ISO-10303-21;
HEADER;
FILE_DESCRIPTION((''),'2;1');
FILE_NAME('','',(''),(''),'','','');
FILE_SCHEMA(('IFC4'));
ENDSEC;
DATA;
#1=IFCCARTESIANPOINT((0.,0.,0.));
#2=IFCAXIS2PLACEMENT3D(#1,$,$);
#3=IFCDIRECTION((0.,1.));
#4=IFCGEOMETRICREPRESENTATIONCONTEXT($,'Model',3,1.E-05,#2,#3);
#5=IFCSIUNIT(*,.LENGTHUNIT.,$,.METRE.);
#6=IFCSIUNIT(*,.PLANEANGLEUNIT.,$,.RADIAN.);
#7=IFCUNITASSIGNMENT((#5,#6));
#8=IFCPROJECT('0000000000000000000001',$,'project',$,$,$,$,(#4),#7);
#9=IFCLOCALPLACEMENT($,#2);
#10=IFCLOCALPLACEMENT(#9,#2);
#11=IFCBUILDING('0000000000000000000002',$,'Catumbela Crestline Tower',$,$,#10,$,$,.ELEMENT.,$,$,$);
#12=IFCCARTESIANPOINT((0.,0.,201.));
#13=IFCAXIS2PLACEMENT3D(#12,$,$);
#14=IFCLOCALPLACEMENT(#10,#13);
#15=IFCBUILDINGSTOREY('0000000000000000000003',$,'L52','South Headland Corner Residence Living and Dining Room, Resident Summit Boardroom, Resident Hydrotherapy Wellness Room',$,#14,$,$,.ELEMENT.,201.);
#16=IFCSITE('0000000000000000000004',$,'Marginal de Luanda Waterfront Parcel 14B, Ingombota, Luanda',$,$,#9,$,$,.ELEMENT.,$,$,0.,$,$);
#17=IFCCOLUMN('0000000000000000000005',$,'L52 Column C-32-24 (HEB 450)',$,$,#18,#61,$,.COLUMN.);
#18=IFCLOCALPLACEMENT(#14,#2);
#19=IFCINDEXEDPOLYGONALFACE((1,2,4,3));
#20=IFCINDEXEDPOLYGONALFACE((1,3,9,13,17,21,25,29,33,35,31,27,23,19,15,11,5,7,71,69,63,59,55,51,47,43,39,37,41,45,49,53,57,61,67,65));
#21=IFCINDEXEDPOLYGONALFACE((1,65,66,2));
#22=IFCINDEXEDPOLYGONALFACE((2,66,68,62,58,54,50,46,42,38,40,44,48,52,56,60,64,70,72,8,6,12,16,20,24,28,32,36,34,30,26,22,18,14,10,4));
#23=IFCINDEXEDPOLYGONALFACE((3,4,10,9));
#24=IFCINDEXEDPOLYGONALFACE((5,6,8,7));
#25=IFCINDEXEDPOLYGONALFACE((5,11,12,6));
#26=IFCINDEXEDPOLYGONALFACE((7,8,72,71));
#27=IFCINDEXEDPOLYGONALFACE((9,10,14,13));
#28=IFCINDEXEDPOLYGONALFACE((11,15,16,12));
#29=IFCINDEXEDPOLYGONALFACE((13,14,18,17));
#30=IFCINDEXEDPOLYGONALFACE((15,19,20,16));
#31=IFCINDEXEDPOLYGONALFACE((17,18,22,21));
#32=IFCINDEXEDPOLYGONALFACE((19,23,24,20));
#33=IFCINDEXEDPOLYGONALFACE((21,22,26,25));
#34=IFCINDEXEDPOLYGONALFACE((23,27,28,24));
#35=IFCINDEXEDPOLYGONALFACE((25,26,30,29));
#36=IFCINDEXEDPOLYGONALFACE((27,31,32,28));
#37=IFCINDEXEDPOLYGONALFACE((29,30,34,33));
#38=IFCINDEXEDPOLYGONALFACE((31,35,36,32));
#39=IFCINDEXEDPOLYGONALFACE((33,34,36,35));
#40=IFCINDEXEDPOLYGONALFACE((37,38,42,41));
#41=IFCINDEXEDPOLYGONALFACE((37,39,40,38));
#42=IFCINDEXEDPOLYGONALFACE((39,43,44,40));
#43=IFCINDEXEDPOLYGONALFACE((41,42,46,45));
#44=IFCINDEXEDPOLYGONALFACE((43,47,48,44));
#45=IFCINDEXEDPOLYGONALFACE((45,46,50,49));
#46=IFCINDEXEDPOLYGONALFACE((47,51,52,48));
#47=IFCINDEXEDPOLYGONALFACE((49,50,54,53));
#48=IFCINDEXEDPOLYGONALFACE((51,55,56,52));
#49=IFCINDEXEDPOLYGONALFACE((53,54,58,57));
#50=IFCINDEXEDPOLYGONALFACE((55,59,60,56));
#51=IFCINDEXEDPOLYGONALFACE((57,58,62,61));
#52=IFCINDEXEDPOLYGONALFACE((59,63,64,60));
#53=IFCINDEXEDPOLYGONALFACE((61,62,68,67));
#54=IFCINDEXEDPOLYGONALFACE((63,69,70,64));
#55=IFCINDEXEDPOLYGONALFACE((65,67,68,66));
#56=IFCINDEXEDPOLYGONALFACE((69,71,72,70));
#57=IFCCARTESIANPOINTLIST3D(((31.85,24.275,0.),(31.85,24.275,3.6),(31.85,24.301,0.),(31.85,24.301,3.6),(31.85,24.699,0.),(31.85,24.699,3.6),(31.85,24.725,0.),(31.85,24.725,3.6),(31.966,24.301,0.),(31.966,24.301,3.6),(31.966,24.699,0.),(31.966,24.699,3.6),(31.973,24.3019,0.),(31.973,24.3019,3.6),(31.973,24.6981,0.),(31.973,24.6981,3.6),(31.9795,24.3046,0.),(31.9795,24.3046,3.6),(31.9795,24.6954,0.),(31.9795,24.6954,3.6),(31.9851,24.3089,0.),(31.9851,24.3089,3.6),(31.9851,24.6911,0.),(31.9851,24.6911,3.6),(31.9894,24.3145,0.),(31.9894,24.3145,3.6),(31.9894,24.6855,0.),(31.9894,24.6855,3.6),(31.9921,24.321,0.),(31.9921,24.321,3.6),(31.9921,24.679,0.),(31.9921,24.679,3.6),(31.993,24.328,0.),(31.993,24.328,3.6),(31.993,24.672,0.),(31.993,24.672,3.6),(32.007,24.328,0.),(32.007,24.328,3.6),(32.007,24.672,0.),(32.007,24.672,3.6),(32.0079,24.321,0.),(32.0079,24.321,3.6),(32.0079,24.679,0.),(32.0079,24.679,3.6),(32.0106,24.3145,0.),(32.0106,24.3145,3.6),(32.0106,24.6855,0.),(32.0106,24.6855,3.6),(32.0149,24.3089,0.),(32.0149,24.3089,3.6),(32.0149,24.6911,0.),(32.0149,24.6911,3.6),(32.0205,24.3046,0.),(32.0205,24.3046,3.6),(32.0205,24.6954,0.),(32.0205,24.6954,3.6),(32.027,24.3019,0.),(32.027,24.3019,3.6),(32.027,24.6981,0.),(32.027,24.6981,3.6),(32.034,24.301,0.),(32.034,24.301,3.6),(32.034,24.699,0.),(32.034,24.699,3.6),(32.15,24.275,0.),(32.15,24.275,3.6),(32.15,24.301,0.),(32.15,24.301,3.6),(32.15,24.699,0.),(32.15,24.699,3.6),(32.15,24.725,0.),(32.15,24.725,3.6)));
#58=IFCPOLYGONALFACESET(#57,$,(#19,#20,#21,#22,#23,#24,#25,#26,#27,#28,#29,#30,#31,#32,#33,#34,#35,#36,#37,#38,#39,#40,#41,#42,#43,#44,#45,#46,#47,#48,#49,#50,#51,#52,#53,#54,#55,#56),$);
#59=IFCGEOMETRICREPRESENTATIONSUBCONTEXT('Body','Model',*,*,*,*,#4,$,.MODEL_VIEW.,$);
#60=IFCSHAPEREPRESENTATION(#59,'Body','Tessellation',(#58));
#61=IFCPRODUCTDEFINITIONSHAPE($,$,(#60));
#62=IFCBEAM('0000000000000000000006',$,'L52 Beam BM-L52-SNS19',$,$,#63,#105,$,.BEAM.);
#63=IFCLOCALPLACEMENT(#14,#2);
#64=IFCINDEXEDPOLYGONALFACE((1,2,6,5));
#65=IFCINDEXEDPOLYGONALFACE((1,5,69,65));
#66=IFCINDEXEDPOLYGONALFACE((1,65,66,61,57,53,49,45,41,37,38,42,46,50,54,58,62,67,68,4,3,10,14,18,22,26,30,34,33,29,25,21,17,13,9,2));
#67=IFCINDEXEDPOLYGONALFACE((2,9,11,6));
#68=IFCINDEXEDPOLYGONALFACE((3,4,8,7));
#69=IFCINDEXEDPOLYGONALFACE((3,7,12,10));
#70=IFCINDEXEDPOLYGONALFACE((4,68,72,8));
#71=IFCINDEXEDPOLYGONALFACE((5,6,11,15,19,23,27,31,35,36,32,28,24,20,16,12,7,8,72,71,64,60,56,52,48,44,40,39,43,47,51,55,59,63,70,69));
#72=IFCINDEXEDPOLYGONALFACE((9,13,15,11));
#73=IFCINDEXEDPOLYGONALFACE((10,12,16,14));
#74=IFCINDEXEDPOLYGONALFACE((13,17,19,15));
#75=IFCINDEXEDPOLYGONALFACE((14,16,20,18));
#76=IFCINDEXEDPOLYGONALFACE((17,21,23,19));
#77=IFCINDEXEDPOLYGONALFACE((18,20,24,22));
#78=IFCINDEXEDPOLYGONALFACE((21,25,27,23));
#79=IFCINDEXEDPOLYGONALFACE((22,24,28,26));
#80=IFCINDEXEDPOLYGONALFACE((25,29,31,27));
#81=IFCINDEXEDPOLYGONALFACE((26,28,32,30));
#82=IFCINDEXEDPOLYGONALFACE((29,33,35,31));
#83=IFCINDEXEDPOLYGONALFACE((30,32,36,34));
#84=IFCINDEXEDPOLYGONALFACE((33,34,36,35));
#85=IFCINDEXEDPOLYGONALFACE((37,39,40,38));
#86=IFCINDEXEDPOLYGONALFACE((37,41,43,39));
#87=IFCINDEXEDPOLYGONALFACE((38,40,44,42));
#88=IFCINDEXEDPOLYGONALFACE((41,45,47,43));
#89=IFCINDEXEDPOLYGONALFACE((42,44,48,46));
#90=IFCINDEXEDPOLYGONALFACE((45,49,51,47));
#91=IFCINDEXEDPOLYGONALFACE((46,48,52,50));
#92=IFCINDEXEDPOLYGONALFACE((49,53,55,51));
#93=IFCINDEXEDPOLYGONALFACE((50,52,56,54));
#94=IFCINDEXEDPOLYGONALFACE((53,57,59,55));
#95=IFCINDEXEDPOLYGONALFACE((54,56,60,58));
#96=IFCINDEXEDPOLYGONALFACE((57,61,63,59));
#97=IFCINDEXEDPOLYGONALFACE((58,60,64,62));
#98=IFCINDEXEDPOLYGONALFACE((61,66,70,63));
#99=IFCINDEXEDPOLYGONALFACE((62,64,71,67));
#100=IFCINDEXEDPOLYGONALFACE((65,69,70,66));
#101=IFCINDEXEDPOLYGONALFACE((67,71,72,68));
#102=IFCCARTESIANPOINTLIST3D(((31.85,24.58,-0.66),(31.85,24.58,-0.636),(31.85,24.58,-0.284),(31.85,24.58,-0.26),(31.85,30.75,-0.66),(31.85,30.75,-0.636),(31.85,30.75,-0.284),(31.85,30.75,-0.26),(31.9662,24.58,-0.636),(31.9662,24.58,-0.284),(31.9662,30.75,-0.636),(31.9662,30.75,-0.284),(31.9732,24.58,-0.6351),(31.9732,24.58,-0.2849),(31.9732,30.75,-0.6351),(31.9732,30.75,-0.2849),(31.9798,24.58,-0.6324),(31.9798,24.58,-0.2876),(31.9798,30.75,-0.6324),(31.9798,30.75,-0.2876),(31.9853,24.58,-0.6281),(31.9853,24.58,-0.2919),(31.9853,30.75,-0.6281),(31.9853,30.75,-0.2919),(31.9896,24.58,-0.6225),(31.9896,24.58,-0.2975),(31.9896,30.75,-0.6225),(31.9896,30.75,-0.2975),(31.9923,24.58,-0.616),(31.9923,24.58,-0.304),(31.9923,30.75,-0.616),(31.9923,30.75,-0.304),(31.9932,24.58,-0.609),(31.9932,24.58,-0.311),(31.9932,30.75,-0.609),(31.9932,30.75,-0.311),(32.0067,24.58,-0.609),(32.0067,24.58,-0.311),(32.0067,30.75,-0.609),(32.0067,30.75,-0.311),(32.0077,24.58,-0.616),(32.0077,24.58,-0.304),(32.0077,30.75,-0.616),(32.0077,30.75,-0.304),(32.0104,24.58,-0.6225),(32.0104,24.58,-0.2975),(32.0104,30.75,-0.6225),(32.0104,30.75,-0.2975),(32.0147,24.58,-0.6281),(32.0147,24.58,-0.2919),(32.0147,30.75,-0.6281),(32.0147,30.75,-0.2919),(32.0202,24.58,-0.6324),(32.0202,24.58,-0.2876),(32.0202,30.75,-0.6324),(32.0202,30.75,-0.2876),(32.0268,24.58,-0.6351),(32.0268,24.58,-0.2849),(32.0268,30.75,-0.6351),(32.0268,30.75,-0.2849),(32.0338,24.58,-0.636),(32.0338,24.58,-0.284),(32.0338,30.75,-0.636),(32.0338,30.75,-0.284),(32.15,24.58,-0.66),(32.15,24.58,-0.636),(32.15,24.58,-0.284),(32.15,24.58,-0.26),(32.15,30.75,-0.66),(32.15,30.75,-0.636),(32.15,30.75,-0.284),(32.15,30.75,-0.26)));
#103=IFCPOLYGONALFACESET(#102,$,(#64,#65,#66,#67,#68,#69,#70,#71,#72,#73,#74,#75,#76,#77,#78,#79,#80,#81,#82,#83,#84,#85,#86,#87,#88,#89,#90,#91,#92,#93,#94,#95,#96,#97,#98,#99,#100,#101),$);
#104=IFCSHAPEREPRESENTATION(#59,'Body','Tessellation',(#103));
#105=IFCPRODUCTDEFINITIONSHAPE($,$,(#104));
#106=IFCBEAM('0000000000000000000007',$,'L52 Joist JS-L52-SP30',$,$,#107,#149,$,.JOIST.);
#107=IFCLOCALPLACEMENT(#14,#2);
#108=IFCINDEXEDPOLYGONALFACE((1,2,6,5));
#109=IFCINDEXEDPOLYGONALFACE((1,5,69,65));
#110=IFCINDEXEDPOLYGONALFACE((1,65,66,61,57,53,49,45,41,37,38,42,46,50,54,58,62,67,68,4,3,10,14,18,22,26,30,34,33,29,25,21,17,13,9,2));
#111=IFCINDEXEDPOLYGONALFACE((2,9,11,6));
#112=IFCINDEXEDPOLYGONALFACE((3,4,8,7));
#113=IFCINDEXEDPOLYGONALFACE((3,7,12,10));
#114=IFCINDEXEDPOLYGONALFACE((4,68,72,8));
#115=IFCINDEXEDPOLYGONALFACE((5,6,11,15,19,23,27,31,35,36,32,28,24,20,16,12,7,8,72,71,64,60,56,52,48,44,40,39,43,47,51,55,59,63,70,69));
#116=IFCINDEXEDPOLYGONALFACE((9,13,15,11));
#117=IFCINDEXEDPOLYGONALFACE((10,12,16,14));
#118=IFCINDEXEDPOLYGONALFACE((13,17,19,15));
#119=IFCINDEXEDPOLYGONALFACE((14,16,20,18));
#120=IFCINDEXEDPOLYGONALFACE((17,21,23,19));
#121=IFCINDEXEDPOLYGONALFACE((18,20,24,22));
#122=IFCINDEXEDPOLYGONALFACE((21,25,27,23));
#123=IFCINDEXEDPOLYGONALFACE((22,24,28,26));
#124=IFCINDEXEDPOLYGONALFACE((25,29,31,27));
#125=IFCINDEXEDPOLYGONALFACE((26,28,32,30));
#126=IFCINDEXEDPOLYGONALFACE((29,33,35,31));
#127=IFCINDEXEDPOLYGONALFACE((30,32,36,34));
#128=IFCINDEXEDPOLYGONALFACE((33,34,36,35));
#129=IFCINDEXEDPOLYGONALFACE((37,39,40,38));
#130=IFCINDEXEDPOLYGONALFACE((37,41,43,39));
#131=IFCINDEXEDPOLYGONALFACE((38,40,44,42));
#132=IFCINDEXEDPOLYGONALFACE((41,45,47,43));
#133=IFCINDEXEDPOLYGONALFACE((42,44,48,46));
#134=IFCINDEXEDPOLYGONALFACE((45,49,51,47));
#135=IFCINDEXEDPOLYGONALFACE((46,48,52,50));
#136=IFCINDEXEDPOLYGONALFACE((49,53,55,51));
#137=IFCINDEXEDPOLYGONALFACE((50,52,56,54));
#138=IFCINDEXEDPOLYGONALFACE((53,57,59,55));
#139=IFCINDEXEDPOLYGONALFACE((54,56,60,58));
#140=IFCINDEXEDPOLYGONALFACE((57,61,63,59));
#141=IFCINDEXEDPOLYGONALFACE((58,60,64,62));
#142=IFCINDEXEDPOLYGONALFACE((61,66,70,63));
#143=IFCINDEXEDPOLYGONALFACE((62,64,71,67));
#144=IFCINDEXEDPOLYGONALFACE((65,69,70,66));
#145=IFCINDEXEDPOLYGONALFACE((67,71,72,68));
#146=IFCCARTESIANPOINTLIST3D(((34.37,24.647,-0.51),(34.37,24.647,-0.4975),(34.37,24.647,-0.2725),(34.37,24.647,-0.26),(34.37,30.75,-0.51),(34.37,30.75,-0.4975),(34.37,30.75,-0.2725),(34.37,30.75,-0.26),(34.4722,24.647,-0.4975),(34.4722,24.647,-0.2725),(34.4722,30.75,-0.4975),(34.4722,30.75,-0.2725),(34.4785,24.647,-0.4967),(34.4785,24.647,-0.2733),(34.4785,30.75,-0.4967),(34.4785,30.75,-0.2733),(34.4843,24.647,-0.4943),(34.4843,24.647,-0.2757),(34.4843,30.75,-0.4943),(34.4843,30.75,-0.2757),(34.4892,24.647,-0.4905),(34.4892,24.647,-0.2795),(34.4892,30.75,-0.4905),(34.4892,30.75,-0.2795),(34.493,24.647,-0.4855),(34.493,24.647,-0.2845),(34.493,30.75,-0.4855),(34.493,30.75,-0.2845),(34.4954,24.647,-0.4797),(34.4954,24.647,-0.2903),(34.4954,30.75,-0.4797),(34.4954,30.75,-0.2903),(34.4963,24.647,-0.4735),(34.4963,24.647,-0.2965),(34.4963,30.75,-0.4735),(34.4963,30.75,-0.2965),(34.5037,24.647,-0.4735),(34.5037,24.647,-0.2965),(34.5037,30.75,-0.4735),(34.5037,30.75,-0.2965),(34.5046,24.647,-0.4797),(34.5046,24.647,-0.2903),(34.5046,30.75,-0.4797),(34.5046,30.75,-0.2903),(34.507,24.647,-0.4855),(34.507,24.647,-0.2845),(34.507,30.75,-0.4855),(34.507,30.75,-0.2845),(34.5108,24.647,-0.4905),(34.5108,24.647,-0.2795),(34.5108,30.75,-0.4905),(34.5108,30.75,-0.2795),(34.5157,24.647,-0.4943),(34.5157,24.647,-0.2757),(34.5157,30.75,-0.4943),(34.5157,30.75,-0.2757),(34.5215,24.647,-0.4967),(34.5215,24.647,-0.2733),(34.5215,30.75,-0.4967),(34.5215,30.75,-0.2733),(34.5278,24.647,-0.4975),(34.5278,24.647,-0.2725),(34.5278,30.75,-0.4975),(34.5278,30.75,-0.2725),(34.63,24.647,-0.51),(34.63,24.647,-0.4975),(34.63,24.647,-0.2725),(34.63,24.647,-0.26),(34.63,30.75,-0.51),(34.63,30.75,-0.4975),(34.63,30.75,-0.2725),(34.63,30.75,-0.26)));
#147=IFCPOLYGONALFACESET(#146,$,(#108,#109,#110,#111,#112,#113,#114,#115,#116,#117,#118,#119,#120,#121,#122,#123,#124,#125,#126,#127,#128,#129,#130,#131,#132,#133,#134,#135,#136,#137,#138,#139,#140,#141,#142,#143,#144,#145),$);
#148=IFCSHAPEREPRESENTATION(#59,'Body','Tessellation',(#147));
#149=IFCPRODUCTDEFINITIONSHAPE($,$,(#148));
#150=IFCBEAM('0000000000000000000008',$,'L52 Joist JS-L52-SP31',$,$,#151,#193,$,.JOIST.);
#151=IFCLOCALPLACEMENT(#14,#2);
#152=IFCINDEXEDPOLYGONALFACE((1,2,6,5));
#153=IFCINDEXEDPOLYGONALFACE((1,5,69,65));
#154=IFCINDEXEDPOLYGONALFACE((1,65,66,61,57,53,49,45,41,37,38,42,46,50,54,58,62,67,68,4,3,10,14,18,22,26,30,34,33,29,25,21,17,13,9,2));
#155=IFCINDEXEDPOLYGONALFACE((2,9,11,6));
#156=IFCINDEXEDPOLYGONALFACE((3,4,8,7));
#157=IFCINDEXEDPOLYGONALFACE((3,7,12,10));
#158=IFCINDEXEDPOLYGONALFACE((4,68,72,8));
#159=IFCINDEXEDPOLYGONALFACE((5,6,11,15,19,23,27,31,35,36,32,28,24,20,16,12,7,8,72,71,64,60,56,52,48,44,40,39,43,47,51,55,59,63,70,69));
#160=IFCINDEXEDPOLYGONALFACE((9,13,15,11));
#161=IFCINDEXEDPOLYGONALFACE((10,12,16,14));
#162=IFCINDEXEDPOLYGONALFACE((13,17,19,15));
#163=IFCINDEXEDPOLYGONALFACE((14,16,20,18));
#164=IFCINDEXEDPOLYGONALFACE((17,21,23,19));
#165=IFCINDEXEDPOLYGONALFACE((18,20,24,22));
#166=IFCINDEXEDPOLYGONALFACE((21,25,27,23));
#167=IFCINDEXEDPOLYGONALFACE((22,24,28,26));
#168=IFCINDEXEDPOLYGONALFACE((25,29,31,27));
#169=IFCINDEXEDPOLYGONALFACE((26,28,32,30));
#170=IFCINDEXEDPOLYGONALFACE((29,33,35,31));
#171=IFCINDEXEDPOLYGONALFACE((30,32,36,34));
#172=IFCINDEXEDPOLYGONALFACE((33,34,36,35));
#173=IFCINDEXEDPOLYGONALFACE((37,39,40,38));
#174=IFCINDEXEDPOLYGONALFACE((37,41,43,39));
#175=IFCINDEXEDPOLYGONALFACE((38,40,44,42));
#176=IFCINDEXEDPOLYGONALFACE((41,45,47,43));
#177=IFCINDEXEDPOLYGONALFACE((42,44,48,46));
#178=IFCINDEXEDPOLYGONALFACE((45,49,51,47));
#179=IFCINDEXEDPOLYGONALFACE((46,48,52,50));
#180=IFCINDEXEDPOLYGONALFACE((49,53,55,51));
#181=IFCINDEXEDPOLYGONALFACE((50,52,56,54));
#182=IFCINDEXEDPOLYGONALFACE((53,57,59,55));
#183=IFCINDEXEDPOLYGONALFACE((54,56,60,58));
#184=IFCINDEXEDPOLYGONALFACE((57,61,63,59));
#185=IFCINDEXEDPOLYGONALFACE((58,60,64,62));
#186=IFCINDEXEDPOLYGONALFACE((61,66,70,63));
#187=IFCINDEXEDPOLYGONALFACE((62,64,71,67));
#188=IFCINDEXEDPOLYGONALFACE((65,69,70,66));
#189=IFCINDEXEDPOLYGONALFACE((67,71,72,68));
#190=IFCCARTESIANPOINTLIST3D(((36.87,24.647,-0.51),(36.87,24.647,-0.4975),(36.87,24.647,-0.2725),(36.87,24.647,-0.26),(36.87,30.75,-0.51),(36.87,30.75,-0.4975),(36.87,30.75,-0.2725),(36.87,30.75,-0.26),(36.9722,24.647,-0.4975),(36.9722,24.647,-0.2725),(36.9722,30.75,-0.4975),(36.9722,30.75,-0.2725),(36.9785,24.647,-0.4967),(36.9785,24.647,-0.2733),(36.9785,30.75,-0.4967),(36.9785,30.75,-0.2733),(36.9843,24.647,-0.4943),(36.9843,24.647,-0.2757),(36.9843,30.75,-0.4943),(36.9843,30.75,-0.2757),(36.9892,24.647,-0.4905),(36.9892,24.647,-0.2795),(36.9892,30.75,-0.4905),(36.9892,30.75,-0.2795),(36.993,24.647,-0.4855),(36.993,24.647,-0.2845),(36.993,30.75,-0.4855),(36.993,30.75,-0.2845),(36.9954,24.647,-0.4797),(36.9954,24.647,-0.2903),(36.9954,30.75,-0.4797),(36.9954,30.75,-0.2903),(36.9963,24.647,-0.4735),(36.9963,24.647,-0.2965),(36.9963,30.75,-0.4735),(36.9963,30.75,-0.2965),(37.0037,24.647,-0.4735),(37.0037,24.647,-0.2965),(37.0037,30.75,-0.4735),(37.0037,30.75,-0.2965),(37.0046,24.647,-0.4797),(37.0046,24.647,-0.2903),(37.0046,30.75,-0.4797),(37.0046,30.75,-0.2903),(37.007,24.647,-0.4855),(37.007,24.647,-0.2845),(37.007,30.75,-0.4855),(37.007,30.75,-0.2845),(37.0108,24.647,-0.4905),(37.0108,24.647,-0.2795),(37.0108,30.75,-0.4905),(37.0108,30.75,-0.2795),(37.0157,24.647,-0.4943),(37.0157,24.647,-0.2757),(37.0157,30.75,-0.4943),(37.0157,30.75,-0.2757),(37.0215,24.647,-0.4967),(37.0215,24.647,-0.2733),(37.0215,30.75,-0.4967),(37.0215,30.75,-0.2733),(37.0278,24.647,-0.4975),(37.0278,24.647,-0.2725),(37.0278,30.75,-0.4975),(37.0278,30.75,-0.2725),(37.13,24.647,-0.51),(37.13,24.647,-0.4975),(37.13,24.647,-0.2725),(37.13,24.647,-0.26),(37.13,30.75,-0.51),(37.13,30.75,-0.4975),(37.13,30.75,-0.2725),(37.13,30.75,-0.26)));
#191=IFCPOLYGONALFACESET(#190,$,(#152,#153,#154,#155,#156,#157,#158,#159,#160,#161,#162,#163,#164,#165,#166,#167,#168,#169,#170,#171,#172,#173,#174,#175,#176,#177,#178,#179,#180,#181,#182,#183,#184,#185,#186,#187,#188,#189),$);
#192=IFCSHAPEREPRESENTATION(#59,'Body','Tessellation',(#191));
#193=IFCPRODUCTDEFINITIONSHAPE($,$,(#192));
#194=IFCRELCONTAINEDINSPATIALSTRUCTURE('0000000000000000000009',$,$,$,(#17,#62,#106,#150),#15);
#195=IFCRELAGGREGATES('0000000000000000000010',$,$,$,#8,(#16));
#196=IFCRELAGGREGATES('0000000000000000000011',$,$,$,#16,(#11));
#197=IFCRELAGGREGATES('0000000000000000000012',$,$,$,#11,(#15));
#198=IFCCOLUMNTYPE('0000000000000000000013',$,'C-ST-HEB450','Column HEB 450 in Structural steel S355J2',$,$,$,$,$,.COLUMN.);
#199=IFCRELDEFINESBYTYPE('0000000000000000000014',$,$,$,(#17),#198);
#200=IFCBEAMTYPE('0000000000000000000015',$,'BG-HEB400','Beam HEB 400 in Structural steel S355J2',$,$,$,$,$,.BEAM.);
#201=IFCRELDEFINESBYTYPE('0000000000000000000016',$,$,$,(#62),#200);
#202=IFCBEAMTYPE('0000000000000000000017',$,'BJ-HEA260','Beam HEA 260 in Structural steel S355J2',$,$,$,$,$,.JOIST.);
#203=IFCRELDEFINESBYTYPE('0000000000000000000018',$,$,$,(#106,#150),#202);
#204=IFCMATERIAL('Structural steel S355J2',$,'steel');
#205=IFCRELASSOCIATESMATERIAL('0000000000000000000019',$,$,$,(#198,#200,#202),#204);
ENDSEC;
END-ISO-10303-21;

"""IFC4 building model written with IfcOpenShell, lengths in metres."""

from ifc_helpers import new_model, si_unit, direction, frame, origin, origin_2d, place, context, subcontext, project, spatial, i_section, extrude, material, material_profile, profile_set, type_object, element, save


model = new_model("IFC4")

# Units and contexts
model_context = context("Model", 3, precision=1e-05, world=origin(), true_north=direction((0.0, 1.0)))
body_context = subcontext(model_context, "Body", "Model", "MODEL_VIEW")
ifc_project = project(units=[si_unit("LENGTHUNIT", "METRE"), si_unit("PLANEANGLEUNIT", "RADIAN")], contexts=[model_context])

# Site, building, storey
site_placement = place(None, origin())
site = spatial("IfcSite", under=ifc_project, at=site_placement, Name="Marginal de Luanda Waterfront Parcel 14B, Ingombota, Luanda", CompositionType="ELEMENT", RefElevation=0.0)
building_placement = place(site_placement, origin())
building = spatial("IfcBuilding", under=site, at=building_placement, Name="Catumbela Crestline Tower", CompositionType="ELEMENT")
storey_placement = place(building_placement, frame((0.0, 0.0, 201.0)))
storey = spatial("IfcBuildingStorey", under=building, at=storey_placement, Name="L52", Description="South Headland Corner Residence Living and Dining Room, Resident Summit Boardroom, Resident Hydrotherapy Wellness Room", CompositionType="ELEMENT", Elevation=201.0)

# Column
ifc_material_1 = material(Name="Structural steel S355J2", Category="steel")
ifc_material_profile_1 = material_profile(ifc_material_1, i_section(OverallWidth=0.3, OverallDepth=0.45, WebThickness=0.014, FlangeThickness=0.026, FilletRadius=0.027, at=origin_2d()), Name="HEB 450")
ifc_profile_set_1 = profile_set([ifc_material_profile_1], Name="Structural steel S355J2")
column_type = type_object("IfcColumnType", Name="C-ST-HEB450", Description="Column HEB 450 in Structural steel S355J2", PredefinedType="COLUMN", material=ifc_profile_set_1)
column_placement = place(storey_placement, frame((32.0, 24.5, 0.0), z_axis=(0.0, 0.0, 1.0), x_axis=(1.0, 0.0, 0.0)))
element("IfcColumn", 1, at=column_placement, inside=storey, type_object=column_type, Name="L52 Column C-32-24 (HEB 450)", PredefinedType="COLUMN", context=body_context, shape_type="SweptSolid", body=[
    extrude(i_section(OverallWidth=0.3, OverallDepth=0.45, WebThickness=0.014, FlangeThickness=0.026, FilletRadius=0.027, at=origin_2d()), origin(), (0.0, 0.0, 1.0), 3.6),
])

# Beams
ifc_material_profile_2 = material_profile(ifc_material_1, i_section(OverallWidth=0.3, OverallDepth=0.4, WebThickness=0.0135, FlangeThickness=0.024, FilletRadius=0.027, at=origin_2d()), Name="HEB 400")
ifc_profile_set_2 = profile_set([ifc_material_profile_2], Name="Structural steel S355J2")
beam_type_1 = type_object("IfcBeamType", Name="BG-HEB400", Description="Beam HEB 400 in Structural steel S355J2", PredefinedType="BEAM", material=ifc_profile_set_2)
beam_1_placement = place(storey_placement, frame((32.0, 24.58, -0.46), z_axis=(0.0, 1.0, 0.0), x_axis=(-1.0, 0.0, 0.0)))
element("IfcBeam", 2, at=beam_1_placement, inside=storey, type_object=beam_type_1, Name="L52 Beam BM-L52-SNS19", PredefinedType="BEAM", context=body_context, shape_type="SweptSolid", body=[
    extrude(i_section(OverallWidth=0.3, OverallDepth=0.4, WebThickness=0.0135, FlangeThickness=0.024, FilletRadius=0.027, at=origin_2d()), origin(), (0.0, 0.0, 1.0), 6.17),
])
ifc_material_profile_3 = material_profile(ifc_material_1, i_section(OverallWidth=0.26, OverallDepth=0.25, WebThickness=0.0075, FlangeThickness=0.0125, FilletRadius=0.024, at=origin_2d()), Name="HEA 260")
ifc_profile_set_3 = profile_set([ifc_material_profile_3], Name="Structural steel S355J2")
beam_type_2 = type_object("IfcBeamType", Name="BJ-HEA260", Description="Beam HEA 260 in Structural steel S355J2", PredefinedType="JOIST", material=ifc_profile_set_3)
for number, where, z_axis, x_axis, name in (
    (3, (34.5, 24.647, -0.385), (0.0, 1.0, 0.0), (-1.0, 0.0, 0.0), "L52 Joist JS-L52-SP30"),
    (4, (37.0, 24.647, -0.385), (0.0, 1.0, 0.0), (-1.0, 0.0, 0.0), "L52 Joist JS-L52-SP31"),
):
    element("IfcBeam", number, at=place(storey_placement, frame(where, z_axis=z_axis, x_axis=x_axis)), inside=storey, type_object=beam_type_2, Name=name, PredefinedType="JOIST", context=body_context, shape_type="SweptSolid", body=[
        extrude(i_section(OverallWidth=0.26, OverallDepth=0.25, WebThickness=0.0075, FlangeThickness=0.0125, FilletRadius=0.024, at=origin_2d()), origin(), (0.0, 0.0, 1.0), 6.103),
    ])

save(model, "model.ifc")
